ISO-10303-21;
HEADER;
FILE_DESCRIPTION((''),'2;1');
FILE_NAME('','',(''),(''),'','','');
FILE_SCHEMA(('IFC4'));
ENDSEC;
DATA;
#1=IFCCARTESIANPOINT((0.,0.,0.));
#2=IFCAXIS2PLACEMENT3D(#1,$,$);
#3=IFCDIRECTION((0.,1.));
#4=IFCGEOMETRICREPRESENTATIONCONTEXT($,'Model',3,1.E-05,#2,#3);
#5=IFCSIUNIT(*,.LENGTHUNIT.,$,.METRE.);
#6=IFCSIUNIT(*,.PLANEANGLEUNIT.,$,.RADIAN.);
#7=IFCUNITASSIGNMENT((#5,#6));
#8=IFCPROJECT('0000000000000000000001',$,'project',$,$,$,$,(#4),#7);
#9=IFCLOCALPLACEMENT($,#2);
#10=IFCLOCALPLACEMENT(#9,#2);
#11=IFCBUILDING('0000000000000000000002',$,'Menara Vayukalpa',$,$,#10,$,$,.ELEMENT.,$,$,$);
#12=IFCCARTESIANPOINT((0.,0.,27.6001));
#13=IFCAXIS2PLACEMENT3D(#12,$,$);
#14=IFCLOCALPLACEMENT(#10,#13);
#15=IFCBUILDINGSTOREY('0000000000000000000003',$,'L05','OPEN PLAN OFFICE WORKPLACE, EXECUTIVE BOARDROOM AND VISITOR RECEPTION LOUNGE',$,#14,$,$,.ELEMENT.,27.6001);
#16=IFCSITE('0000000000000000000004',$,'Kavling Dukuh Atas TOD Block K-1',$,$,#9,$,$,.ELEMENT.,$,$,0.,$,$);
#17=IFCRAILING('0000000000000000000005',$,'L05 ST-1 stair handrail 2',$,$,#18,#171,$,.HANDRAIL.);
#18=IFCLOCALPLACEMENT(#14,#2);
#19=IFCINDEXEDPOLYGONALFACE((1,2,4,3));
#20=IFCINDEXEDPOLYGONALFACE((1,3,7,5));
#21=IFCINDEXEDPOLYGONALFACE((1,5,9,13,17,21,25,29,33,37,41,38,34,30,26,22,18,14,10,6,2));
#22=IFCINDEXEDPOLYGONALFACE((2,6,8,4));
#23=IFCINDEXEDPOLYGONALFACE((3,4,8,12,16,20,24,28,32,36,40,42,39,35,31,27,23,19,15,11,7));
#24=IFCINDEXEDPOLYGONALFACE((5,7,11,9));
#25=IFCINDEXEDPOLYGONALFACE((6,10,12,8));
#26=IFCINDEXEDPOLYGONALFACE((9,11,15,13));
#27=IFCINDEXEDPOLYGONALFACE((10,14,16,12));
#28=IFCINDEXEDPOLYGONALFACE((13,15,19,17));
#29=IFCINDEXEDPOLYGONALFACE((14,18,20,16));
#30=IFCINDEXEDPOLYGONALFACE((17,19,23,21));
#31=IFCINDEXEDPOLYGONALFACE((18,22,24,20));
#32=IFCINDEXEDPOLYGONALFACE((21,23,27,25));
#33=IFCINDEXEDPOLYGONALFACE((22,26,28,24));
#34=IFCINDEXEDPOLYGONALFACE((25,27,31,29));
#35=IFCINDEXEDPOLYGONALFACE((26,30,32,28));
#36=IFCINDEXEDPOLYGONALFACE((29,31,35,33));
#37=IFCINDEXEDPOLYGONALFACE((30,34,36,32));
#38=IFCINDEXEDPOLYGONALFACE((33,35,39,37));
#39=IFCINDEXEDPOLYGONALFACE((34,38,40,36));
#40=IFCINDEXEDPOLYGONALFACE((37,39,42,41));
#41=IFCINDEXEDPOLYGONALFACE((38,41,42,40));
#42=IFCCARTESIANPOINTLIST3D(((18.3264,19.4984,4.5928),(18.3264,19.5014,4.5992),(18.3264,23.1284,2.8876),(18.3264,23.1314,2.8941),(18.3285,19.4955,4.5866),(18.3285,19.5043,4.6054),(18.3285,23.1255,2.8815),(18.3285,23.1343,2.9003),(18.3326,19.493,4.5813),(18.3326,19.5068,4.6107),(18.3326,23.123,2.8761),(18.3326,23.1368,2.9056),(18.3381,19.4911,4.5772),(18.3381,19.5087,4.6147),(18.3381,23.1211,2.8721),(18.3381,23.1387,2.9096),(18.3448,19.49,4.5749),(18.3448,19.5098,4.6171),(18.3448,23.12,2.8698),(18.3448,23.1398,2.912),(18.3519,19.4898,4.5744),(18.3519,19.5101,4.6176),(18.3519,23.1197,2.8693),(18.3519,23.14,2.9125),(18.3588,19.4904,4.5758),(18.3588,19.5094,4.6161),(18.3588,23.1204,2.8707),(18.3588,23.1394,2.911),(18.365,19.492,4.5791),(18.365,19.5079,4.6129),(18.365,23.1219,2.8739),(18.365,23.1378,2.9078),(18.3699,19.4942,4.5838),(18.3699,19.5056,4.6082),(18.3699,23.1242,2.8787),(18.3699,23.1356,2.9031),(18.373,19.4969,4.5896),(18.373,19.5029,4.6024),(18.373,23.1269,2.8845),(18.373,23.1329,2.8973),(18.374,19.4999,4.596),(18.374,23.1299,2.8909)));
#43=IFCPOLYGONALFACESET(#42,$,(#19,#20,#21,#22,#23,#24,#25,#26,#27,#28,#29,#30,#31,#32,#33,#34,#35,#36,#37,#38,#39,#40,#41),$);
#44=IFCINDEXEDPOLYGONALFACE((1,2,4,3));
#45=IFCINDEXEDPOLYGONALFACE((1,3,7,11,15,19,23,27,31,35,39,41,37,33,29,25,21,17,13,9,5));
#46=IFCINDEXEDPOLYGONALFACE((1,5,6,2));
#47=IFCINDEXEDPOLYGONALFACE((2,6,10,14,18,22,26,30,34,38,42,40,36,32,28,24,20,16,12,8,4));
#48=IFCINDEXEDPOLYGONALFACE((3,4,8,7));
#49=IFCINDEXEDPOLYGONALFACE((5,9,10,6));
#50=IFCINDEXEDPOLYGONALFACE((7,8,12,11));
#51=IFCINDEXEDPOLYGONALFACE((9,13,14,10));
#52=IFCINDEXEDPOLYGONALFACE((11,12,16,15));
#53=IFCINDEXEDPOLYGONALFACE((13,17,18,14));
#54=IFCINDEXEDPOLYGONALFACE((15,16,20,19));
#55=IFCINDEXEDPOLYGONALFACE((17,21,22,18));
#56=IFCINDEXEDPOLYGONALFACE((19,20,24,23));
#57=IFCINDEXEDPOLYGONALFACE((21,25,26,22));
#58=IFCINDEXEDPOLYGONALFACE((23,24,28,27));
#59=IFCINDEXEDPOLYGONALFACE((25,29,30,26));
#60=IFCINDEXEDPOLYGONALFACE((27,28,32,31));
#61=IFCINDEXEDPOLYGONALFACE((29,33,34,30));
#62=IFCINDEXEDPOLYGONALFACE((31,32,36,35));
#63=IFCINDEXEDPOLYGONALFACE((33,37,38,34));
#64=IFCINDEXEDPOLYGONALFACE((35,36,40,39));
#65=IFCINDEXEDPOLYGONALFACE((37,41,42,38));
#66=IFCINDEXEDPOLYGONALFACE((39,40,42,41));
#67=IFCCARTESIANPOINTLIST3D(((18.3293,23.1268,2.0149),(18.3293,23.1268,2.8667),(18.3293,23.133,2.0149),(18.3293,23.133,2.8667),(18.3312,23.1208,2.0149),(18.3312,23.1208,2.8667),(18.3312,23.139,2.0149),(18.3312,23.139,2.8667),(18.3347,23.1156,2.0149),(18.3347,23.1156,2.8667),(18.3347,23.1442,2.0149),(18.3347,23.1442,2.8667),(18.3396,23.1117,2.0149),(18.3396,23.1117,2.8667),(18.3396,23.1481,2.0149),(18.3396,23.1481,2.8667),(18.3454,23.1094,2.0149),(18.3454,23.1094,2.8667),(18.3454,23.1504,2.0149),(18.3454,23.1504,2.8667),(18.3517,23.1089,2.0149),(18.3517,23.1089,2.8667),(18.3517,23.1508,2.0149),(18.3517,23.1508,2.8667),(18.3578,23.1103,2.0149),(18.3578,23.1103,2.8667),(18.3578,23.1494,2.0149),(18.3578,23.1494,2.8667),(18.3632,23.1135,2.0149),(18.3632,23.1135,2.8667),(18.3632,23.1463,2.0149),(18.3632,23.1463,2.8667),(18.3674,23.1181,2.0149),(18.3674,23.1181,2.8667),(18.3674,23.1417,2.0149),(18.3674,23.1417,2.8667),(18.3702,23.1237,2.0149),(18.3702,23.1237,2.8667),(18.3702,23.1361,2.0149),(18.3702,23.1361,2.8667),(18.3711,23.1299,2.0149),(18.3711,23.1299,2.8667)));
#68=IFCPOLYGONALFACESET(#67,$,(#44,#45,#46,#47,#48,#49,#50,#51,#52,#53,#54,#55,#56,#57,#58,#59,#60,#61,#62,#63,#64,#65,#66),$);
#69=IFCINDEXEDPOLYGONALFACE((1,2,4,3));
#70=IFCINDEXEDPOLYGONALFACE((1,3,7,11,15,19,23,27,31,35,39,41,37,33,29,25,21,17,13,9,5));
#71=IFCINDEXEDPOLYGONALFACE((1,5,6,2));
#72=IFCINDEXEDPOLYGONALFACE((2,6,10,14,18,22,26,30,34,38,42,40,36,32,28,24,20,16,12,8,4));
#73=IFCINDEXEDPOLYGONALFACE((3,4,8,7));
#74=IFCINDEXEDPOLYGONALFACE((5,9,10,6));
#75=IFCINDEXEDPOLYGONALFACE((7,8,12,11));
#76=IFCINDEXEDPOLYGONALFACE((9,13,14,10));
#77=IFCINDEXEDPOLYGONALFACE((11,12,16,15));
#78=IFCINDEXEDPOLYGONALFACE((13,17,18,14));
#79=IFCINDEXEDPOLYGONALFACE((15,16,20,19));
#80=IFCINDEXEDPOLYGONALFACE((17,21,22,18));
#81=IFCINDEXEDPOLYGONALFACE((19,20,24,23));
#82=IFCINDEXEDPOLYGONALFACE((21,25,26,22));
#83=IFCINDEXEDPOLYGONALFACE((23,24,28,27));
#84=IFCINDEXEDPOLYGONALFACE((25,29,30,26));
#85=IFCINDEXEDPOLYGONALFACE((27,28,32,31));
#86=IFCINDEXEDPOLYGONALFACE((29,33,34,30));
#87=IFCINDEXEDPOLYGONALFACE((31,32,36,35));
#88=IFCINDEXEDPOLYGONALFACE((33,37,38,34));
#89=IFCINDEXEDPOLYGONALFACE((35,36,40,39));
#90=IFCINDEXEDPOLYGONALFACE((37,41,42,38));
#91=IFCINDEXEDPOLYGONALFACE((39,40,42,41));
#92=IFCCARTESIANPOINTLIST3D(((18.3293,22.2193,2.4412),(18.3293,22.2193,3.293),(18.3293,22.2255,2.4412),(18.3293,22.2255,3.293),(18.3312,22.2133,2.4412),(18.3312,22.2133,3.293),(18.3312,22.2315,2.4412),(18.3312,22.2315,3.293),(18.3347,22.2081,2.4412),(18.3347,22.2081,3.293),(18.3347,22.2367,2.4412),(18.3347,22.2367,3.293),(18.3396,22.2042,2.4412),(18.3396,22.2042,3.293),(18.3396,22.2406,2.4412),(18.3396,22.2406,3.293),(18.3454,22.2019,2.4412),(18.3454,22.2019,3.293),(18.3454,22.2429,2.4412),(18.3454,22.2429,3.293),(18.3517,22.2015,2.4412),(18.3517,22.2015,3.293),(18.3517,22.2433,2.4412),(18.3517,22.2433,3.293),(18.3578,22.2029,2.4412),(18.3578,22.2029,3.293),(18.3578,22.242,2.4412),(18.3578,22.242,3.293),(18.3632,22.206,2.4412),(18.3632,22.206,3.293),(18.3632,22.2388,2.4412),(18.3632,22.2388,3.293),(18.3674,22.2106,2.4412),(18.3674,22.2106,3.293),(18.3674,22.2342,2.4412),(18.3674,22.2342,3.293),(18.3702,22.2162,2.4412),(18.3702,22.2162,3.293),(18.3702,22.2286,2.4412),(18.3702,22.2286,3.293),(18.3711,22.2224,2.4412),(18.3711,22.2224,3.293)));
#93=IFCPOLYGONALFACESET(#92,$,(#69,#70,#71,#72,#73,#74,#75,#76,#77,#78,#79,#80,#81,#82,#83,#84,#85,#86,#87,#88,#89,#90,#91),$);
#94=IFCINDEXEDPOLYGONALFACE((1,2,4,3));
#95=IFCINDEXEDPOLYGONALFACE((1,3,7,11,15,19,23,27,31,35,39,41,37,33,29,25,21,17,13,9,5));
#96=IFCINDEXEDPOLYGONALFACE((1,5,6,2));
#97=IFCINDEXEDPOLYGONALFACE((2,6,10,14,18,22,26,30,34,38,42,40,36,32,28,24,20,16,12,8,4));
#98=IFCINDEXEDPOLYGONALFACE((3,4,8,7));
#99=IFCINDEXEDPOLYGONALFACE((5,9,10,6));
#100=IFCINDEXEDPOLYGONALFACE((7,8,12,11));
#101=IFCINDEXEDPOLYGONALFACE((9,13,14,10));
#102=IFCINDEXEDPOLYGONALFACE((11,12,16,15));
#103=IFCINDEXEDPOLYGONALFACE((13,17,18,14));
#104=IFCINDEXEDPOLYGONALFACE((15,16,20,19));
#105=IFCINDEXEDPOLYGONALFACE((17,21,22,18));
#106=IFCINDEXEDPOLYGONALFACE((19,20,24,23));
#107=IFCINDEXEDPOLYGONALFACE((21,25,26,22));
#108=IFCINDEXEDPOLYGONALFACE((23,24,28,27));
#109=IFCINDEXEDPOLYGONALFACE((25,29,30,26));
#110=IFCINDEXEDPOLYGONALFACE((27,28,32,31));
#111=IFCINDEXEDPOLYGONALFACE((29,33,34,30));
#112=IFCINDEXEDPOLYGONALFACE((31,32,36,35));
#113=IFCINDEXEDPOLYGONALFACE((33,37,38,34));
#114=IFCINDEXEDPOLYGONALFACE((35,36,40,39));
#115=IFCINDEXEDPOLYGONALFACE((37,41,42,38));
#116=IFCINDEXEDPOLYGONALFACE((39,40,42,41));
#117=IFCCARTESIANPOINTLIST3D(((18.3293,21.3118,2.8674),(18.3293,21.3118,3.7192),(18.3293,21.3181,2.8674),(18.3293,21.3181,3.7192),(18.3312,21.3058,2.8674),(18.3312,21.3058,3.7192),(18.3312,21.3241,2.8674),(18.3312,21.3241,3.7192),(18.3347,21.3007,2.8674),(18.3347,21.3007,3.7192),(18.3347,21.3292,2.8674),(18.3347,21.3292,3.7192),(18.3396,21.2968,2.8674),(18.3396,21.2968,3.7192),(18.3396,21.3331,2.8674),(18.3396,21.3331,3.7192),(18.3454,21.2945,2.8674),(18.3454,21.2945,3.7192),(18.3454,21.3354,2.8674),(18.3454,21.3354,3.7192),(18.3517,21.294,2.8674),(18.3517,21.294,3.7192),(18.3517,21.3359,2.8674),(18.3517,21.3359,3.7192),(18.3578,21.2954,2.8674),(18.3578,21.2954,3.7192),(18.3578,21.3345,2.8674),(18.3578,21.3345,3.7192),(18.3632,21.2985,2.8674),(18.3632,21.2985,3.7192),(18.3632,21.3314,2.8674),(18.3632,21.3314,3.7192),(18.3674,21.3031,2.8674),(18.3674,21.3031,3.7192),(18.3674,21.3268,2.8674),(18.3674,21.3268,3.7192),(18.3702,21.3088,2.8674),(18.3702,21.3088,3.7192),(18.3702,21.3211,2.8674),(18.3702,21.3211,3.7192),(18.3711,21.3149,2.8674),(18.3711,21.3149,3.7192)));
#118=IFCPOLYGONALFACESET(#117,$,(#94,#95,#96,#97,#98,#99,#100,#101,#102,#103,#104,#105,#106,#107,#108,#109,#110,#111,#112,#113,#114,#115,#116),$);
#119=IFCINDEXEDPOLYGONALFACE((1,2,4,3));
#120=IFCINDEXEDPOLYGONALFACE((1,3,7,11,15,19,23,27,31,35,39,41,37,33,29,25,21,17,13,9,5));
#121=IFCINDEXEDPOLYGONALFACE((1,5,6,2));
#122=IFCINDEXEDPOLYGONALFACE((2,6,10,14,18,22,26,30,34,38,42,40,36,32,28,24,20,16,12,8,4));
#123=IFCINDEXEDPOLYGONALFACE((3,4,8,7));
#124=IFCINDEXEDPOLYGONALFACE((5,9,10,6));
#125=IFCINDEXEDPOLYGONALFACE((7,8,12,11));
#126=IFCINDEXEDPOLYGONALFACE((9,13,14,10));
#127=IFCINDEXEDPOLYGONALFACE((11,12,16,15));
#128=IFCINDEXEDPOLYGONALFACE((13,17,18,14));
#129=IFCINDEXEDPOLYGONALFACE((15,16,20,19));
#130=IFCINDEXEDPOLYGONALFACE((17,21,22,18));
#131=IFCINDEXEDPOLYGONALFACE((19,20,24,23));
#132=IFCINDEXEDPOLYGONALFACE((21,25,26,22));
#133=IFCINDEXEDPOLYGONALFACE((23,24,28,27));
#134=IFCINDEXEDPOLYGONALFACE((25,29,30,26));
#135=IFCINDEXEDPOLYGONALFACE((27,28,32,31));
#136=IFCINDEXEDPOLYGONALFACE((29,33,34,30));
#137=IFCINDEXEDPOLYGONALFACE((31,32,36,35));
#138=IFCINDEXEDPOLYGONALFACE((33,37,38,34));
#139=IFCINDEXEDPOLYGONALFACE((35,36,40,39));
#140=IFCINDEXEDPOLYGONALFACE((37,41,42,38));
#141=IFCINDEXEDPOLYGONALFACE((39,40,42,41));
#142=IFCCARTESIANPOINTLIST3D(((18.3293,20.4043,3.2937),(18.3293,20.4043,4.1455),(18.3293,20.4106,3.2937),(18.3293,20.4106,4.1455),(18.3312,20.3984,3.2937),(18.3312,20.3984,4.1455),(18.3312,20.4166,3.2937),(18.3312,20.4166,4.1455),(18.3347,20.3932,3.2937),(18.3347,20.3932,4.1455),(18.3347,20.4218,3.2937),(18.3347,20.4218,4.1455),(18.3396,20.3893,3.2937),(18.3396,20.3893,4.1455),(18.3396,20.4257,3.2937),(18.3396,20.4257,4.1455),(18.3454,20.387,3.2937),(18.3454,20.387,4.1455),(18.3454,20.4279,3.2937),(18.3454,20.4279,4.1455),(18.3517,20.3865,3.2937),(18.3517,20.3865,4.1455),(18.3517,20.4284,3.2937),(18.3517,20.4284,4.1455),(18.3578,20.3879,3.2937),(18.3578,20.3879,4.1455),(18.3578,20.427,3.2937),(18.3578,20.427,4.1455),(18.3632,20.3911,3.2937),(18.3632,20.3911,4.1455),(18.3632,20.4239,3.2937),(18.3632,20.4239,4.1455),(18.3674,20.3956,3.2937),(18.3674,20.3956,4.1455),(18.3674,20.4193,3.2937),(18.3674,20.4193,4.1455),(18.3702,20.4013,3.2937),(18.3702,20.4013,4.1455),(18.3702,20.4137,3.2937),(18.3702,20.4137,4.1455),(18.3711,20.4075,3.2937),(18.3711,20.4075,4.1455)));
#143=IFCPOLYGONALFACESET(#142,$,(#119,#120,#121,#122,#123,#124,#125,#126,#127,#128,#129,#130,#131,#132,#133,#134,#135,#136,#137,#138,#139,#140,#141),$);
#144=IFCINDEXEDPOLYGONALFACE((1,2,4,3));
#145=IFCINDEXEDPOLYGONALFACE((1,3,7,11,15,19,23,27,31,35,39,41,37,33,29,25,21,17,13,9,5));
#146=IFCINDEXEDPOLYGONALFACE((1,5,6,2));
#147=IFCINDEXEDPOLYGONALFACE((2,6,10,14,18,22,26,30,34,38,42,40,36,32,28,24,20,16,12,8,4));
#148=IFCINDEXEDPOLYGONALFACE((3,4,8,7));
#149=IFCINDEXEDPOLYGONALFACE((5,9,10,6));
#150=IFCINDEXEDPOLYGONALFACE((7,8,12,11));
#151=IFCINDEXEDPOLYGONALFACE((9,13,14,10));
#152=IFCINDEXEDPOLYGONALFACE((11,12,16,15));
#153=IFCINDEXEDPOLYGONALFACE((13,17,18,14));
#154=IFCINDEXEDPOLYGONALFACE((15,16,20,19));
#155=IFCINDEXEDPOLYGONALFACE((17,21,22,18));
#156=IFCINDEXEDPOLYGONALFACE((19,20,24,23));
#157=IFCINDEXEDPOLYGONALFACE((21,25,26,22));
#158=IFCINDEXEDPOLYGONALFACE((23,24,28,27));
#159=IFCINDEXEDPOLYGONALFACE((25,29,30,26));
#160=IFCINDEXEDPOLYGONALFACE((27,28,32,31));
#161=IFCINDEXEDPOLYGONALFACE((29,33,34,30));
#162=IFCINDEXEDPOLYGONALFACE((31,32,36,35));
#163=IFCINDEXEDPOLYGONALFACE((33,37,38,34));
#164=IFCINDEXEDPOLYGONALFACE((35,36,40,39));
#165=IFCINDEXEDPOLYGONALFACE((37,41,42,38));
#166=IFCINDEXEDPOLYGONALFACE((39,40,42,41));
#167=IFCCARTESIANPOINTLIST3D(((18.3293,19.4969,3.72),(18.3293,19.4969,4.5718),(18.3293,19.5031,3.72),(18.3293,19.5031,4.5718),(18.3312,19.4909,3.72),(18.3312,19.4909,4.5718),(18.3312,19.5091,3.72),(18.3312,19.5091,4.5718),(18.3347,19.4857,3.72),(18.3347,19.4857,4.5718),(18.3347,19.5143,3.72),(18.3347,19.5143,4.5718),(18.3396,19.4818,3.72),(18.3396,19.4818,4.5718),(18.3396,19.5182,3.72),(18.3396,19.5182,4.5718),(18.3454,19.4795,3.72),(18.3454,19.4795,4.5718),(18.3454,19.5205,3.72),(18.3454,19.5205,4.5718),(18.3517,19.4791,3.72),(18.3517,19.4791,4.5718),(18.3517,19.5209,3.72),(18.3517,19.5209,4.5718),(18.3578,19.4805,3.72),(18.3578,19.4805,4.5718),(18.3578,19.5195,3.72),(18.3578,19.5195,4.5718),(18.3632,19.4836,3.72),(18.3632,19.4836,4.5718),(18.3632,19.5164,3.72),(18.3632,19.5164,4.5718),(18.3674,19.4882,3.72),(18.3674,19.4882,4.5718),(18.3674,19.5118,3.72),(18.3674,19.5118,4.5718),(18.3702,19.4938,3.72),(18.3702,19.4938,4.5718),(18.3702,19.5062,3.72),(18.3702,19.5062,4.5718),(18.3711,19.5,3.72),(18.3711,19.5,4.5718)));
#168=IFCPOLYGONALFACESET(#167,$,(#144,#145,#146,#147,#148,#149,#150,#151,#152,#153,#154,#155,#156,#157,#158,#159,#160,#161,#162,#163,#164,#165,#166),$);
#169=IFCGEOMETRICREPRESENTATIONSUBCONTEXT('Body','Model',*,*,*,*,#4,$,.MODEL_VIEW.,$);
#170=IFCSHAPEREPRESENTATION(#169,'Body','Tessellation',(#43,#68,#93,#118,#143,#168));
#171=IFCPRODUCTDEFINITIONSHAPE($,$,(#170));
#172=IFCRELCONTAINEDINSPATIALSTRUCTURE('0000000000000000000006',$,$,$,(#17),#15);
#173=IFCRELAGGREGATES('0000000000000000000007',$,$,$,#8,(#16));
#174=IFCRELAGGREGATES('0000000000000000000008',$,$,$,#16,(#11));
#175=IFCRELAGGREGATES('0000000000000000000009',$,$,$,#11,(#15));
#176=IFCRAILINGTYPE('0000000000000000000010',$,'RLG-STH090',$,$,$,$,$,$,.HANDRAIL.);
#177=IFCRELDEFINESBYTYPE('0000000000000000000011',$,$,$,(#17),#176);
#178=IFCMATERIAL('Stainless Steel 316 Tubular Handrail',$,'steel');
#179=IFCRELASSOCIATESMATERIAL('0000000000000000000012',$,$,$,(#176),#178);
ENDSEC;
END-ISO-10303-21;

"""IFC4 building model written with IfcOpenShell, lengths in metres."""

from ifc_helpers import new_model, si_unit, direction, frame, origin, origin_2d, place, context, subcontext, project, spatial, circle, extrude, material, type_object, element, save


model = new_model("IFC4")

# Units and contexts
model_context = context("Model", 3, precision=1e-05, world=origin(), true_north=direction((0.0, 1.0)))
body_context = subcontext(model_context, "Body", "Model", "MODEL_VIEW")
ifc_project = project(units=[si_unit("LENGTHUNIT", "METRE"), si_unit("PLANEANGLEUNIT", "RADIAN")], contexts=[model_context])

# Site, building, storey
site_placement = place(None, origin())
site = spatial("IfcSite", under=ifc_project, at=site_placement, Name="Kavling Dukuh Atas TOD Block K-1", CompositionType="ELEMENT", RefElevation=0.0)
building_placement = place(site_placement, origin())
building = spatial("IfcBuilding", under=site, at=building_placement, Name="Menara Vayukalpa", CompositionType="ELEMENT")
storey_placement = place(building_placement, frame((0.0, 0.0, 27.6001)))
storey = spatial("IfcBuildingStorey", under=building, at=storey_placement, Name="L05", Description="OPEN PLAN OFFICE WORKPLACE, EXECUTIVE BOARDROOM AND VISITOR RECEPTION LOUNGE", CompositionType="ELEMENT", Elevation=27.6001)

# Railing
ifc_material_1 = material(Name="Stainless Steel 316 Tubular Handrail", Category="steel")
railing_type_1 = type_object("IfcRailingType", Name="RLG-STH090", PredefinedType="HANDRAIL", material=ifc_material_1)
railing_1_placement = place(storey_placement, frame((18.3501, 23.1299, 2.0149)))
element("IfcRailing", 1, at=railing_1_placement, inside=storey, type_object=railing_type_1, Name="L05 ST-1 stair handrail 2", PredefinedType="HANDRAIL", context=body_context, shape_type="SweptSolid", body=[
    extrude(circle(Radius=0.0239, at=origin_2d()), frame((0.0, 0.0, 0.876), z_axis=(0.0, -0.905116, 0.425164), x_axis=(1.0, 0.0, 0.0)), (0.0, 0.0, 1.0), 4.0105),
    extrude(circle(Radius=0.021, at=origin_2d()), origin(), (0.0, 0.0, 1.0), 0.8518),
    extrude(circle(Radius=0.021, at=origin_2d()), frame((0.0, -0.9075, 0.4263)), (0.0, 0.0, 1.0), 0.8518),
    extrude(circle(Radius=0.021, at=origin_2d()), frame((0.0, -1.8149, 0.8525)), (0.0, 0.0, 1.0), 0.8518),
    extrude(circle(Radius=0.021, at=origin_2d()), frame((0.0, -2.7224, 1.2788)), (0.0, 0.0, 1.0), 0.8518),
    extrude(circle(Radius=0.021, at=origin_2d()), frame((0.0, -3.6299, 1.7051)), (0.0, 0.0, 1.0), 0.8518),
])

save(model, "model.ifc")
